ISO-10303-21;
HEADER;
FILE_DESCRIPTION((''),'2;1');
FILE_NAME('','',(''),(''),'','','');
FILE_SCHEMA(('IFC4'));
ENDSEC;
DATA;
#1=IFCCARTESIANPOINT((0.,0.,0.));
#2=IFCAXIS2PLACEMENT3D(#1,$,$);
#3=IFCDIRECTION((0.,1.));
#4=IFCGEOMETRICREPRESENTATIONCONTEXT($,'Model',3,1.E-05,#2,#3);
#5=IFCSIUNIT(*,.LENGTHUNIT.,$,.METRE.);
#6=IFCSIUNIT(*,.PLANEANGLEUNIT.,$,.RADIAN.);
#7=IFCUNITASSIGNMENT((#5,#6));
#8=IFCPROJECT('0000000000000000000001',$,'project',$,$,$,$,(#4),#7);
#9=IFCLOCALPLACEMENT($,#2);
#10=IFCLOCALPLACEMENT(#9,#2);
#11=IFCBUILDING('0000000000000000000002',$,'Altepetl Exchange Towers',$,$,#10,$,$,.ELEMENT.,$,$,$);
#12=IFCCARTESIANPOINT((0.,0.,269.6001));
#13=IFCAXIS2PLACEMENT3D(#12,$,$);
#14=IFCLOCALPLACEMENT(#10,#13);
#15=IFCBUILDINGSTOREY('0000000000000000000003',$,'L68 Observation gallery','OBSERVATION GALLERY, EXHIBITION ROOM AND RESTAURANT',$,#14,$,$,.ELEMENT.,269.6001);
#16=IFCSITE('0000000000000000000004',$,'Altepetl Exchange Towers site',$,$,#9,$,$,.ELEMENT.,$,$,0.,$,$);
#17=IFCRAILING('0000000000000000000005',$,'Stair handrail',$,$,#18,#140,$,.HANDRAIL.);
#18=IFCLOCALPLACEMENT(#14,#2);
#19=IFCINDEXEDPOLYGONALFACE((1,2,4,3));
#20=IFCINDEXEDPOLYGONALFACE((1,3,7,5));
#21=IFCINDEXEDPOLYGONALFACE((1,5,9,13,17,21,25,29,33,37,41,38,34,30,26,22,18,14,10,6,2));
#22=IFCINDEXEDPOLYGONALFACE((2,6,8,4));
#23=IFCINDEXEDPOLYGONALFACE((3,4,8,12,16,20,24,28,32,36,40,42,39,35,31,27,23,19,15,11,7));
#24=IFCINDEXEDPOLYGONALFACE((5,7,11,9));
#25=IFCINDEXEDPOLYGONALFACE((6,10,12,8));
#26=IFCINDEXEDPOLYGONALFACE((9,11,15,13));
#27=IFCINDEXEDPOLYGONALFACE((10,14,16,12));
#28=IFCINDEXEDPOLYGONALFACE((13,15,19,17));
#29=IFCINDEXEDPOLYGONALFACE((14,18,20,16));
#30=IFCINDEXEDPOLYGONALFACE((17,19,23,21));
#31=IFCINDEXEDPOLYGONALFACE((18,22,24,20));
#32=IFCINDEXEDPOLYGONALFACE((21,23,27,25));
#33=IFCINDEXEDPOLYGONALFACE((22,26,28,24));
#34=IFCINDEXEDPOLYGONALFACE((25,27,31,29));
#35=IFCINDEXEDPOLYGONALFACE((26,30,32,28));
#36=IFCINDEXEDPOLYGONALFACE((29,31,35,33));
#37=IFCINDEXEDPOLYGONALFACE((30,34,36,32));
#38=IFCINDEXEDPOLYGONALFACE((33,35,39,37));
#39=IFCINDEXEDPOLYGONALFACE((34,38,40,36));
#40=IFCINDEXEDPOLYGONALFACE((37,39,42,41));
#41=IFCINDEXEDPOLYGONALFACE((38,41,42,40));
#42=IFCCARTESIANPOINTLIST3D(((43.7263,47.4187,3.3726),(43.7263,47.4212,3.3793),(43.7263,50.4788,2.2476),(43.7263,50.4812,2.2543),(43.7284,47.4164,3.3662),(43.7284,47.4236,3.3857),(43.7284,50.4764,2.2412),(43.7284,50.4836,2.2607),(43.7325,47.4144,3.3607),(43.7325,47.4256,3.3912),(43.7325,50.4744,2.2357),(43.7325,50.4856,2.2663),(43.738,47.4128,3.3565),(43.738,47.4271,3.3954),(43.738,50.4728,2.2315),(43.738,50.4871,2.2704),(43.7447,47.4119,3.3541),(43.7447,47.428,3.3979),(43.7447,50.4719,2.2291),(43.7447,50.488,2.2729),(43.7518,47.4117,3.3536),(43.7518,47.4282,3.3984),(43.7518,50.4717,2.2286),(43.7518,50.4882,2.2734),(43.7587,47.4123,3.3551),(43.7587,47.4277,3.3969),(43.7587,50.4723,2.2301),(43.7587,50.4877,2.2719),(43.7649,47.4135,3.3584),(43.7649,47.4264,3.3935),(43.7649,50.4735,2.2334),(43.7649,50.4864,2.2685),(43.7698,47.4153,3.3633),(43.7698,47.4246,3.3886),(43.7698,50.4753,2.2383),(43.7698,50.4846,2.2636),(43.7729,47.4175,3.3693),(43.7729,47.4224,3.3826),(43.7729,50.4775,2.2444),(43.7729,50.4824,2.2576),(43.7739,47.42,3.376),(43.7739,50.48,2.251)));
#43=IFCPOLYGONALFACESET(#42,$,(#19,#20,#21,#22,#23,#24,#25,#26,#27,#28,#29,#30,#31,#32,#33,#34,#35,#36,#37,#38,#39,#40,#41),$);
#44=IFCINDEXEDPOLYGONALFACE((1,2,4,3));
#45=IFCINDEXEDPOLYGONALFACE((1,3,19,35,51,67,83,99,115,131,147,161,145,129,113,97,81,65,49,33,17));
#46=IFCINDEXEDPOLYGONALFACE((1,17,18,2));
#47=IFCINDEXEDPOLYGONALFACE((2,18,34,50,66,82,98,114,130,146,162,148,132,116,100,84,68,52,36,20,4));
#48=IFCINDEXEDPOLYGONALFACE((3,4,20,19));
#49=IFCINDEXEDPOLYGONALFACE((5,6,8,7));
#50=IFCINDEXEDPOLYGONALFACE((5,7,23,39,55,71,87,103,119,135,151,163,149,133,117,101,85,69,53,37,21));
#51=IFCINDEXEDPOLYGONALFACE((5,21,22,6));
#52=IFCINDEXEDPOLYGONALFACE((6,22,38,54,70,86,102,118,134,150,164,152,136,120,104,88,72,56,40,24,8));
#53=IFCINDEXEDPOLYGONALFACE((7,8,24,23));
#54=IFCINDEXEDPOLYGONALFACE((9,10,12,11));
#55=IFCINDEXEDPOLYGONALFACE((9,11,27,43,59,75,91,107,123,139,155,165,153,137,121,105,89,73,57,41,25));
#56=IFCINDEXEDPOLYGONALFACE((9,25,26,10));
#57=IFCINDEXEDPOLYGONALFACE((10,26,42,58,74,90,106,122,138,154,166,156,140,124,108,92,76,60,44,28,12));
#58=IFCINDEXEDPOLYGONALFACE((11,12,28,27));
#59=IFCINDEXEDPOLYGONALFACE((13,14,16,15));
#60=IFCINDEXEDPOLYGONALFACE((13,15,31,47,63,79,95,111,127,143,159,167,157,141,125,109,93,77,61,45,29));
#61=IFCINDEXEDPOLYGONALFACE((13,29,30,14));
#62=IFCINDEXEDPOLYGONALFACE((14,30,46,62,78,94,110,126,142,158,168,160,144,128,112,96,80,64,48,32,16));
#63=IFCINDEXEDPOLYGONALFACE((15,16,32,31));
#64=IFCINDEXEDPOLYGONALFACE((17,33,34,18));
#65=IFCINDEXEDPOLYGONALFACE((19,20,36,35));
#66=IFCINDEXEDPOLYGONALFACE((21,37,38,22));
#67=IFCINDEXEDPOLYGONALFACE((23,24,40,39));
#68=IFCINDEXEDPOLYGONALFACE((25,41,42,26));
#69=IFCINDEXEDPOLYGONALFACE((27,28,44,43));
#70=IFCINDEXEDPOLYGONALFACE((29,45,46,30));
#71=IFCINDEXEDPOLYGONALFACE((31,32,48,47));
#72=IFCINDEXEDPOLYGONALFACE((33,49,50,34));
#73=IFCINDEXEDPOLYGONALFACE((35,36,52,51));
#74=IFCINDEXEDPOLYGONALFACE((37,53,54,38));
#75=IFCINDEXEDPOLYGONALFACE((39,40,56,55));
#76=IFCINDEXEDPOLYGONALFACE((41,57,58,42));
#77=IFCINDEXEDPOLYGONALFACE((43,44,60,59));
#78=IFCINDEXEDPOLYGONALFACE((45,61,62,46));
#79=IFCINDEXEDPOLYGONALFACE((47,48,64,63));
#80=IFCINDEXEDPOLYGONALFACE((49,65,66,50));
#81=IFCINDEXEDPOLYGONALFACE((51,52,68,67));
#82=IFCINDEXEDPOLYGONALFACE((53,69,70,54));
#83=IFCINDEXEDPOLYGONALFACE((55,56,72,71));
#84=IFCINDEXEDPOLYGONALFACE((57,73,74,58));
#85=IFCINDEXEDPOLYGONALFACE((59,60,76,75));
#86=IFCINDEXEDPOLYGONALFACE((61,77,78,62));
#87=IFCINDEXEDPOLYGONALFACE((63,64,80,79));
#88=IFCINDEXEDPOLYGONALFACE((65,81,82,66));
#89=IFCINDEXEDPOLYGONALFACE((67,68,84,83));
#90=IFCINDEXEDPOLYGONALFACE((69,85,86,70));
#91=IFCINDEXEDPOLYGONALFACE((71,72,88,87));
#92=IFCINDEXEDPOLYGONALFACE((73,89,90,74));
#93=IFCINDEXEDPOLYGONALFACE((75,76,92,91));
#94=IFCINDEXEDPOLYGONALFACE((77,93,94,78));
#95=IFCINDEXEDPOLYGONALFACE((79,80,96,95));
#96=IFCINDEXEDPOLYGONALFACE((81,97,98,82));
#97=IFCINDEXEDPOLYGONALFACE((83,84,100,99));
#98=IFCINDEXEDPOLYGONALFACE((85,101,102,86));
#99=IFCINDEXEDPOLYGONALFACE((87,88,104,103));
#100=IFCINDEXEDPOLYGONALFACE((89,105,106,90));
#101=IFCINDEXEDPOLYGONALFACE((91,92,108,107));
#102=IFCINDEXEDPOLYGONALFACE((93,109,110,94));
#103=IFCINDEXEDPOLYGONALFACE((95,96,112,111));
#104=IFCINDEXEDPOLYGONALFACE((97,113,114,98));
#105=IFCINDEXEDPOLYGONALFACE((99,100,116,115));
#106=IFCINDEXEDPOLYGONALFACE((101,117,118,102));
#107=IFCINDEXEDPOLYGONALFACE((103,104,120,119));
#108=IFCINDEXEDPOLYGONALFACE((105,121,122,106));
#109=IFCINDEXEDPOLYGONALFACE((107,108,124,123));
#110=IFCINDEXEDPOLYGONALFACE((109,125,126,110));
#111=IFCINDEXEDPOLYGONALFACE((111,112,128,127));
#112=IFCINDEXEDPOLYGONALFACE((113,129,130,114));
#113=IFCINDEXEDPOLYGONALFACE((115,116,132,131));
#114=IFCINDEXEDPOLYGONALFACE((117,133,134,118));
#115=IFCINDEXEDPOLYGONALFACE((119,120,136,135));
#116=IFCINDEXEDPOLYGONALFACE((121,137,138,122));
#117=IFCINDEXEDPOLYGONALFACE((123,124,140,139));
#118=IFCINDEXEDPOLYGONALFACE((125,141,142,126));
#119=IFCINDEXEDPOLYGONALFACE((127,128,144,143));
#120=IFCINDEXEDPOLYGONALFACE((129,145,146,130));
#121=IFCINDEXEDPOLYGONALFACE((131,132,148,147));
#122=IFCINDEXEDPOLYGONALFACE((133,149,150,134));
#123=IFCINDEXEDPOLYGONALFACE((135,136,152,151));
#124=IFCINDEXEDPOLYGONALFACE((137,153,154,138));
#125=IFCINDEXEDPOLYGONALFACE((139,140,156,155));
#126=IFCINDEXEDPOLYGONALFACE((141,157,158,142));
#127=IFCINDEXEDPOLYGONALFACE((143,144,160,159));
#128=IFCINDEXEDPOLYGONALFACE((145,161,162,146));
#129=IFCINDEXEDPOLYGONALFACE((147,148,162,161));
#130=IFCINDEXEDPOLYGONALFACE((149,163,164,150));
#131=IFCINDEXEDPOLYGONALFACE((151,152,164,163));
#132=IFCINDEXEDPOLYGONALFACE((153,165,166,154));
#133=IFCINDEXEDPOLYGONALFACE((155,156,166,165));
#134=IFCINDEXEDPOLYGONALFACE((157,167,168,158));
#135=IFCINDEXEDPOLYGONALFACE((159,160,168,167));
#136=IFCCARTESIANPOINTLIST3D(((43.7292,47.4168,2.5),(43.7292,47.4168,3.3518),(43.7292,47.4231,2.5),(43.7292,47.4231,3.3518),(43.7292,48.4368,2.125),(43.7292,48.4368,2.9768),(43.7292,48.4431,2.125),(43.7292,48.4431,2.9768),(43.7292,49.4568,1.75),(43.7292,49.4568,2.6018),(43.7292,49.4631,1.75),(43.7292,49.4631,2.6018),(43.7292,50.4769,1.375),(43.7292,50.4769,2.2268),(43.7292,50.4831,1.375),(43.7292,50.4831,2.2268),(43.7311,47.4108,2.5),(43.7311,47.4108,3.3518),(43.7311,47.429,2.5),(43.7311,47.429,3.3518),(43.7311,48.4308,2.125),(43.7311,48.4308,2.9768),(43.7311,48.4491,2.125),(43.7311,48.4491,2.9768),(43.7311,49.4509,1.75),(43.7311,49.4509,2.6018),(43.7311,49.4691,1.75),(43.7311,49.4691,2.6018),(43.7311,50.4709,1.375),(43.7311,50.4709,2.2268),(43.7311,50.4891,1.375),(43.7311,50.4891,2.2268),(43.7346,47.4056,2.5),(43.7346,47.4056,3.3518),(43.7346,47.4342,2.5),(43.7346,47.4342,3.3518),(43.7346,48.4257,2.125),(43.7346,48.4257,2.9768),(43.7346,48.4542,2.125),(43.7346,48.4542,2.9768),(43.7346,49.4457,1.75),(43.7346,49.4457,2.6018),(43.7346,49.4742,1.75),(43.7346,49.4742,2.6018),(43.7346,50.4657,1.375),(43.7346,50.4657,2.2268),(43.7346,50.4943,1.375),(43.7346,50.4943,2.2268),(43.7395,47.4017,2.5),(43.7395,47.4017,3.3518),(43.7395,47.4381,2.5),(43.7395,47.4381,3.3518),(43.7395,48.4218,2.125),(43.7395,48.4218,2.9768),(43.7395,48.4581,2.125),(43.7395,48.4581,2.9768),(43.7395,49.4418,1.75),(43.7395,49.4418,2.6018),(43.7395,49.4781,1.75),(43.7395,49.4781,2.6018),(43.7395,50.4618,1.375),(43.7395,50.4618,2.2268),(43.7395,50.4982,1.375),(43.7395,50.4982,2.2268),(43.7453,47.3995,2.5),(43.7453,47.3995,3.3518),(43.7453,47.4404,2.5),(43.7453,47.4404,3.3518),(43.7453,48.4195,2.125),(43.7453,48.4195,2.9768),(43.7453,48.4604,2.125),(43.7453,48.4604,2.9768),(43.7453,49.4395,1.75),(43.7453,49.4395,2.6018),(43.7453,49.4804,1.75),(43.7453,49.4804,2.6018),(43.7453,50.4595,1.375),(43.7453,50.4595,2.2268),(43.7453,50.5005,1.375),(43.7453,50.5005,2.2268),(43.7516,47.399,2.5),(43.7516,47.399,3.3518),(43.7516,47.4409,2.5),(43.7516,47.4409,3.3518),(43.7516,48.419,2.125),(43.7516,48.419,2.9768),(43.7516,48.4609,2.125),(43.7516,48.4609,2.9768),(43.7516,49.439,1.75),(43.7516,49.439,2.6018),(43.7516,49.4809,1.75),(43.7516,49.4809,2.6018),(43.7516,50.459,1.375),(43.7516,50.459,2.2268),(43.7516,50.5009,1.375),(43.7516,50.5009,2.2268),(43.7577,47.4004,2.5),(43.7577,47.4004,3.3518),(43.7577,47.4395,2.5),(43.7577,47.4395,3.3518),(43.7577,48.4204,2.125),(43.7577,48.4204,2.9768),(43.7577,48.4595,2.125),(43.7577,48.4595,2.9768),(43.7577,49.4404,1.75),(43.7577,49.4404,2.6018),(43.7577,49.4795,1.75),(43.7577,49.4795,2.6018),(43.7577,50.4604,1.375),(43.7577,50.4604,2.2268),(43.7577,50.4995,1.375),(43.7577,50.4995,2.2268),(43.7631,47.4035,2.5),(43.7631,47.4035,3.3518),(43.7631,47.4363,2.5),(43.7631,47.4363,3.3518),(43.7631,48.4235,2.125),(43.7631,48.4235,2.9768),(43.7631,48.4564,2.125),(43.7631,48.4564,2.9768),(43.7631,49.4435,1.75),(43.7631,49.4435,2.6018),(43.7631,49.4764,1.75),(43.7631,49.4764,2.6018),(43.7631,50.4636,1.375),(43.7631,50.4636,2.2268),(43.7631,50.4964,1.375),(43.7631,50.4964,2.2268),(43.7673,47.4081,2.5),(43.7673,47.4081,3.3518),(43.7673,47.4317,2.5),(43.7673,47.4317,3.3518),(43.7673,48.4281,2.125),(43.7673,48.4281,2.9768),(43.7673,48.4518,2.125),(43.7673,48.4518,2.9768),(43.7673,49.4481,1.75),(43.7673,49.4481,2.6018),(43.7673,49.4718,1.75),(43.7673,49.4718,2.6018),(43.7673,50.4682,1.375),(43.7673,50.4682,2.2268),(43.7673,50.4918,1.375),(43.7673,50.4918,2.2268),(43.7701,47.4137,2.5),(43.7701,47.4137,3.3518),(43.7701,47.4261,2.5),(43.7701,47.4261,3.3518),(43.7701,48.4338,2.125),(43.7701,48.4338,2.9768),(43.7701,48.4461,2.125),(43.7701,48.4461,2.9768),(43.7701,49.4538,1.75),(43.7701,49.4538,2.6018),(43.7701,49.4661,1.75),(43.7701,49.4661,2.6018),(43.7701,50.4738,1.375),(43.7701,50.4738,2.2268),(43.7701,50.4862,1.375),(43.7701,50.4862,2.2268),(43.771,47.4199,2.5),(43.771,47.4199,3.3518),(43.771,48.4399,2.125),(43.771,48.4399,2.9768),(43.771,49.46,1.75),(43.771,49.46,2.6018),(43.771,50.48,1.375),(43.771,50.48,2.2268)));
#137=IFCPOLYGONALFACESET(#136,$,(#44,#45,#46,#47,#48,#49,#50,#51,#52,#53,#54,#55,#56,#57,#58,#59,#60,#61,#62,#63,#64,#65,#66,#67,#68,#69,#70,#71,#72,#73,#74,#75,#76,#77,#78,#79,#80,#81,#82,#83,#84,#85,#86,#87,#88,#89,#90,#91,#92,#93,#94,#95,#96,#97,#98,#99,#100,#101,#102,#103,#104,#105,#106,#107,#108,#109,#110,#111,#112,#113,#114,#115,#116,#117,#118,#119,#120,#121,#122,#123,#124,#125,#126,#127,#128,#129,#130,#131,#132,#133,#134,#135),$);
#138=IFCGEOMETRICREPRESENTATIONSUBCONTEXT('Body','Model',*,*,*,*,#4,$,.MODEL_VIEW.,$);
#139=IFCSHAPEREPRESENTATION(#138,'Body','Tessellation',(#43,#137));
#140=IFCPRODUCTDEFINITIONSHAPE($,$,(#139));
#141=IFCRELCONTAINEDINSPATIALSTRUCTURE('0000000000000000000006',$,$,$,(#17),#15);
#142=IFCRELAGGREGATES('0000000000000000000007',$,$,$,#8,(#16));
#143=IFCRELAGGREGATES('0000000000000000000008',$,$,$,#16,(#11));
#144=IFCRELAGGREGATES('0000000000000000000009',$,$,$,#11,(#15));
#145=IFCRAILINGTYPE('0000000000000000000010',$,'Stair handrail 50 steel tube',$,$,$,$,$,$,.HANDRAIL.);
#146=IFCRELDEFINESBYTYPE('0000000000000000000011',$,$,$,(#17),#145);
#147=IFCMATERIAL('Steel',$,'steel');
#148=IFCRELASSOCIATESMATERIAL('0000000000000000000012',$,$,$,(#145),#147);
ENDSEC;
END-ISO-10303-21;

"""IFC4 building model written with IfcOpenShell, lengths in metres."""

from ifc_helpers import new_model, si_unit, direction, frame, origin, origin_2d, place, context, subcontext, project, spatial, circle, extrude, source, transform, mapped, material, type_object, element, save


model = new_model("IFC4")

# Units and contexts
model_context = context("Model", 3, precision=1e-05, world=origin(), true_north=direction((0.0, 1.0)))
body_context = subcontext(model_context, "Body", "Model", "MODEL_VIEW")
ifc_project = project(units=[si_unit("LENGTHUNIT", "METRE"), si_unit("PLANEANGLEUNIT", "RADIAN")], contexts=[model_context])

# Site, building, storey
site_placement = place(None, origin())
site = spatial("IfcSite", under=ifc_project, at=site_placement, Name="Altepetl Exchange Towers site", CompositionType="ELEMENT", RefElevation=0.0)
building_placement = place(site_placement, origin())
building = spatial("IfcBuilding", under=site, at=building_placement, Name="Altepetl Exchange Towers", CompositionType="ELEMENT")
storey_placement = place(building_placement, frame((0.0, 0.0, 269.6001)))
storey = spatial("IfcBuildingStorey", under=building, at=storey_placement, Name="L68 Observation gallery", Description="OBSERVATION GALLERY, EXHIBITION ROOM AND RESTAURANT", CompositionType="ELEMENT", Elevation=269.6001)

# Railing
ifc_material_1 = material(Name="Steel", Category="steel")
railing_type = type_object("IfcRailingType", Name="Stair handrail 50 steel tube", PredefinedType="HANDRAIL", material=ifc_material_1)
shared_shape = source(origin(), body_context, "Body", "SweptSolid", [
    extrude(circle(Radius=0.021, at=origin_2d()), origin(), (0.0, 0.0, 1.0), 0.8518),
])
for number, where, name in (
    (1, (43.75, 50.48, 1.375), "Stair handrail"),
):
    element("IfcRailing", number, at=place(storey_placement, frame(where)), inside=storey, type_object=railing_type, Name=name, PredefinedType="HANDRAIL", context=body_context, shape_type="SweptSolid", body=[
        extrude(circle(Radius=0.0239, at=origin_2d()), frame((0.0, 0.0, 0.876), z_axis=(0.0, -0.938581, 0.34506), x_axis=(1.0, 0.0, 0.0)), (0.0, 0.0, 1.0), 3.2603),
        mapped(shared_shape, transform((0.0, 0.0, 0.0))),
        mapped(shared_shape, transform((0.0, -1.02, 0.375))),
        mapped(shared_shape, transform((0.0, -2.04, 0.75))),
        mapped(shared_shape, transform((0.0, -3.0601, 1.125))),
    ])

save(model, "model.ifc")
